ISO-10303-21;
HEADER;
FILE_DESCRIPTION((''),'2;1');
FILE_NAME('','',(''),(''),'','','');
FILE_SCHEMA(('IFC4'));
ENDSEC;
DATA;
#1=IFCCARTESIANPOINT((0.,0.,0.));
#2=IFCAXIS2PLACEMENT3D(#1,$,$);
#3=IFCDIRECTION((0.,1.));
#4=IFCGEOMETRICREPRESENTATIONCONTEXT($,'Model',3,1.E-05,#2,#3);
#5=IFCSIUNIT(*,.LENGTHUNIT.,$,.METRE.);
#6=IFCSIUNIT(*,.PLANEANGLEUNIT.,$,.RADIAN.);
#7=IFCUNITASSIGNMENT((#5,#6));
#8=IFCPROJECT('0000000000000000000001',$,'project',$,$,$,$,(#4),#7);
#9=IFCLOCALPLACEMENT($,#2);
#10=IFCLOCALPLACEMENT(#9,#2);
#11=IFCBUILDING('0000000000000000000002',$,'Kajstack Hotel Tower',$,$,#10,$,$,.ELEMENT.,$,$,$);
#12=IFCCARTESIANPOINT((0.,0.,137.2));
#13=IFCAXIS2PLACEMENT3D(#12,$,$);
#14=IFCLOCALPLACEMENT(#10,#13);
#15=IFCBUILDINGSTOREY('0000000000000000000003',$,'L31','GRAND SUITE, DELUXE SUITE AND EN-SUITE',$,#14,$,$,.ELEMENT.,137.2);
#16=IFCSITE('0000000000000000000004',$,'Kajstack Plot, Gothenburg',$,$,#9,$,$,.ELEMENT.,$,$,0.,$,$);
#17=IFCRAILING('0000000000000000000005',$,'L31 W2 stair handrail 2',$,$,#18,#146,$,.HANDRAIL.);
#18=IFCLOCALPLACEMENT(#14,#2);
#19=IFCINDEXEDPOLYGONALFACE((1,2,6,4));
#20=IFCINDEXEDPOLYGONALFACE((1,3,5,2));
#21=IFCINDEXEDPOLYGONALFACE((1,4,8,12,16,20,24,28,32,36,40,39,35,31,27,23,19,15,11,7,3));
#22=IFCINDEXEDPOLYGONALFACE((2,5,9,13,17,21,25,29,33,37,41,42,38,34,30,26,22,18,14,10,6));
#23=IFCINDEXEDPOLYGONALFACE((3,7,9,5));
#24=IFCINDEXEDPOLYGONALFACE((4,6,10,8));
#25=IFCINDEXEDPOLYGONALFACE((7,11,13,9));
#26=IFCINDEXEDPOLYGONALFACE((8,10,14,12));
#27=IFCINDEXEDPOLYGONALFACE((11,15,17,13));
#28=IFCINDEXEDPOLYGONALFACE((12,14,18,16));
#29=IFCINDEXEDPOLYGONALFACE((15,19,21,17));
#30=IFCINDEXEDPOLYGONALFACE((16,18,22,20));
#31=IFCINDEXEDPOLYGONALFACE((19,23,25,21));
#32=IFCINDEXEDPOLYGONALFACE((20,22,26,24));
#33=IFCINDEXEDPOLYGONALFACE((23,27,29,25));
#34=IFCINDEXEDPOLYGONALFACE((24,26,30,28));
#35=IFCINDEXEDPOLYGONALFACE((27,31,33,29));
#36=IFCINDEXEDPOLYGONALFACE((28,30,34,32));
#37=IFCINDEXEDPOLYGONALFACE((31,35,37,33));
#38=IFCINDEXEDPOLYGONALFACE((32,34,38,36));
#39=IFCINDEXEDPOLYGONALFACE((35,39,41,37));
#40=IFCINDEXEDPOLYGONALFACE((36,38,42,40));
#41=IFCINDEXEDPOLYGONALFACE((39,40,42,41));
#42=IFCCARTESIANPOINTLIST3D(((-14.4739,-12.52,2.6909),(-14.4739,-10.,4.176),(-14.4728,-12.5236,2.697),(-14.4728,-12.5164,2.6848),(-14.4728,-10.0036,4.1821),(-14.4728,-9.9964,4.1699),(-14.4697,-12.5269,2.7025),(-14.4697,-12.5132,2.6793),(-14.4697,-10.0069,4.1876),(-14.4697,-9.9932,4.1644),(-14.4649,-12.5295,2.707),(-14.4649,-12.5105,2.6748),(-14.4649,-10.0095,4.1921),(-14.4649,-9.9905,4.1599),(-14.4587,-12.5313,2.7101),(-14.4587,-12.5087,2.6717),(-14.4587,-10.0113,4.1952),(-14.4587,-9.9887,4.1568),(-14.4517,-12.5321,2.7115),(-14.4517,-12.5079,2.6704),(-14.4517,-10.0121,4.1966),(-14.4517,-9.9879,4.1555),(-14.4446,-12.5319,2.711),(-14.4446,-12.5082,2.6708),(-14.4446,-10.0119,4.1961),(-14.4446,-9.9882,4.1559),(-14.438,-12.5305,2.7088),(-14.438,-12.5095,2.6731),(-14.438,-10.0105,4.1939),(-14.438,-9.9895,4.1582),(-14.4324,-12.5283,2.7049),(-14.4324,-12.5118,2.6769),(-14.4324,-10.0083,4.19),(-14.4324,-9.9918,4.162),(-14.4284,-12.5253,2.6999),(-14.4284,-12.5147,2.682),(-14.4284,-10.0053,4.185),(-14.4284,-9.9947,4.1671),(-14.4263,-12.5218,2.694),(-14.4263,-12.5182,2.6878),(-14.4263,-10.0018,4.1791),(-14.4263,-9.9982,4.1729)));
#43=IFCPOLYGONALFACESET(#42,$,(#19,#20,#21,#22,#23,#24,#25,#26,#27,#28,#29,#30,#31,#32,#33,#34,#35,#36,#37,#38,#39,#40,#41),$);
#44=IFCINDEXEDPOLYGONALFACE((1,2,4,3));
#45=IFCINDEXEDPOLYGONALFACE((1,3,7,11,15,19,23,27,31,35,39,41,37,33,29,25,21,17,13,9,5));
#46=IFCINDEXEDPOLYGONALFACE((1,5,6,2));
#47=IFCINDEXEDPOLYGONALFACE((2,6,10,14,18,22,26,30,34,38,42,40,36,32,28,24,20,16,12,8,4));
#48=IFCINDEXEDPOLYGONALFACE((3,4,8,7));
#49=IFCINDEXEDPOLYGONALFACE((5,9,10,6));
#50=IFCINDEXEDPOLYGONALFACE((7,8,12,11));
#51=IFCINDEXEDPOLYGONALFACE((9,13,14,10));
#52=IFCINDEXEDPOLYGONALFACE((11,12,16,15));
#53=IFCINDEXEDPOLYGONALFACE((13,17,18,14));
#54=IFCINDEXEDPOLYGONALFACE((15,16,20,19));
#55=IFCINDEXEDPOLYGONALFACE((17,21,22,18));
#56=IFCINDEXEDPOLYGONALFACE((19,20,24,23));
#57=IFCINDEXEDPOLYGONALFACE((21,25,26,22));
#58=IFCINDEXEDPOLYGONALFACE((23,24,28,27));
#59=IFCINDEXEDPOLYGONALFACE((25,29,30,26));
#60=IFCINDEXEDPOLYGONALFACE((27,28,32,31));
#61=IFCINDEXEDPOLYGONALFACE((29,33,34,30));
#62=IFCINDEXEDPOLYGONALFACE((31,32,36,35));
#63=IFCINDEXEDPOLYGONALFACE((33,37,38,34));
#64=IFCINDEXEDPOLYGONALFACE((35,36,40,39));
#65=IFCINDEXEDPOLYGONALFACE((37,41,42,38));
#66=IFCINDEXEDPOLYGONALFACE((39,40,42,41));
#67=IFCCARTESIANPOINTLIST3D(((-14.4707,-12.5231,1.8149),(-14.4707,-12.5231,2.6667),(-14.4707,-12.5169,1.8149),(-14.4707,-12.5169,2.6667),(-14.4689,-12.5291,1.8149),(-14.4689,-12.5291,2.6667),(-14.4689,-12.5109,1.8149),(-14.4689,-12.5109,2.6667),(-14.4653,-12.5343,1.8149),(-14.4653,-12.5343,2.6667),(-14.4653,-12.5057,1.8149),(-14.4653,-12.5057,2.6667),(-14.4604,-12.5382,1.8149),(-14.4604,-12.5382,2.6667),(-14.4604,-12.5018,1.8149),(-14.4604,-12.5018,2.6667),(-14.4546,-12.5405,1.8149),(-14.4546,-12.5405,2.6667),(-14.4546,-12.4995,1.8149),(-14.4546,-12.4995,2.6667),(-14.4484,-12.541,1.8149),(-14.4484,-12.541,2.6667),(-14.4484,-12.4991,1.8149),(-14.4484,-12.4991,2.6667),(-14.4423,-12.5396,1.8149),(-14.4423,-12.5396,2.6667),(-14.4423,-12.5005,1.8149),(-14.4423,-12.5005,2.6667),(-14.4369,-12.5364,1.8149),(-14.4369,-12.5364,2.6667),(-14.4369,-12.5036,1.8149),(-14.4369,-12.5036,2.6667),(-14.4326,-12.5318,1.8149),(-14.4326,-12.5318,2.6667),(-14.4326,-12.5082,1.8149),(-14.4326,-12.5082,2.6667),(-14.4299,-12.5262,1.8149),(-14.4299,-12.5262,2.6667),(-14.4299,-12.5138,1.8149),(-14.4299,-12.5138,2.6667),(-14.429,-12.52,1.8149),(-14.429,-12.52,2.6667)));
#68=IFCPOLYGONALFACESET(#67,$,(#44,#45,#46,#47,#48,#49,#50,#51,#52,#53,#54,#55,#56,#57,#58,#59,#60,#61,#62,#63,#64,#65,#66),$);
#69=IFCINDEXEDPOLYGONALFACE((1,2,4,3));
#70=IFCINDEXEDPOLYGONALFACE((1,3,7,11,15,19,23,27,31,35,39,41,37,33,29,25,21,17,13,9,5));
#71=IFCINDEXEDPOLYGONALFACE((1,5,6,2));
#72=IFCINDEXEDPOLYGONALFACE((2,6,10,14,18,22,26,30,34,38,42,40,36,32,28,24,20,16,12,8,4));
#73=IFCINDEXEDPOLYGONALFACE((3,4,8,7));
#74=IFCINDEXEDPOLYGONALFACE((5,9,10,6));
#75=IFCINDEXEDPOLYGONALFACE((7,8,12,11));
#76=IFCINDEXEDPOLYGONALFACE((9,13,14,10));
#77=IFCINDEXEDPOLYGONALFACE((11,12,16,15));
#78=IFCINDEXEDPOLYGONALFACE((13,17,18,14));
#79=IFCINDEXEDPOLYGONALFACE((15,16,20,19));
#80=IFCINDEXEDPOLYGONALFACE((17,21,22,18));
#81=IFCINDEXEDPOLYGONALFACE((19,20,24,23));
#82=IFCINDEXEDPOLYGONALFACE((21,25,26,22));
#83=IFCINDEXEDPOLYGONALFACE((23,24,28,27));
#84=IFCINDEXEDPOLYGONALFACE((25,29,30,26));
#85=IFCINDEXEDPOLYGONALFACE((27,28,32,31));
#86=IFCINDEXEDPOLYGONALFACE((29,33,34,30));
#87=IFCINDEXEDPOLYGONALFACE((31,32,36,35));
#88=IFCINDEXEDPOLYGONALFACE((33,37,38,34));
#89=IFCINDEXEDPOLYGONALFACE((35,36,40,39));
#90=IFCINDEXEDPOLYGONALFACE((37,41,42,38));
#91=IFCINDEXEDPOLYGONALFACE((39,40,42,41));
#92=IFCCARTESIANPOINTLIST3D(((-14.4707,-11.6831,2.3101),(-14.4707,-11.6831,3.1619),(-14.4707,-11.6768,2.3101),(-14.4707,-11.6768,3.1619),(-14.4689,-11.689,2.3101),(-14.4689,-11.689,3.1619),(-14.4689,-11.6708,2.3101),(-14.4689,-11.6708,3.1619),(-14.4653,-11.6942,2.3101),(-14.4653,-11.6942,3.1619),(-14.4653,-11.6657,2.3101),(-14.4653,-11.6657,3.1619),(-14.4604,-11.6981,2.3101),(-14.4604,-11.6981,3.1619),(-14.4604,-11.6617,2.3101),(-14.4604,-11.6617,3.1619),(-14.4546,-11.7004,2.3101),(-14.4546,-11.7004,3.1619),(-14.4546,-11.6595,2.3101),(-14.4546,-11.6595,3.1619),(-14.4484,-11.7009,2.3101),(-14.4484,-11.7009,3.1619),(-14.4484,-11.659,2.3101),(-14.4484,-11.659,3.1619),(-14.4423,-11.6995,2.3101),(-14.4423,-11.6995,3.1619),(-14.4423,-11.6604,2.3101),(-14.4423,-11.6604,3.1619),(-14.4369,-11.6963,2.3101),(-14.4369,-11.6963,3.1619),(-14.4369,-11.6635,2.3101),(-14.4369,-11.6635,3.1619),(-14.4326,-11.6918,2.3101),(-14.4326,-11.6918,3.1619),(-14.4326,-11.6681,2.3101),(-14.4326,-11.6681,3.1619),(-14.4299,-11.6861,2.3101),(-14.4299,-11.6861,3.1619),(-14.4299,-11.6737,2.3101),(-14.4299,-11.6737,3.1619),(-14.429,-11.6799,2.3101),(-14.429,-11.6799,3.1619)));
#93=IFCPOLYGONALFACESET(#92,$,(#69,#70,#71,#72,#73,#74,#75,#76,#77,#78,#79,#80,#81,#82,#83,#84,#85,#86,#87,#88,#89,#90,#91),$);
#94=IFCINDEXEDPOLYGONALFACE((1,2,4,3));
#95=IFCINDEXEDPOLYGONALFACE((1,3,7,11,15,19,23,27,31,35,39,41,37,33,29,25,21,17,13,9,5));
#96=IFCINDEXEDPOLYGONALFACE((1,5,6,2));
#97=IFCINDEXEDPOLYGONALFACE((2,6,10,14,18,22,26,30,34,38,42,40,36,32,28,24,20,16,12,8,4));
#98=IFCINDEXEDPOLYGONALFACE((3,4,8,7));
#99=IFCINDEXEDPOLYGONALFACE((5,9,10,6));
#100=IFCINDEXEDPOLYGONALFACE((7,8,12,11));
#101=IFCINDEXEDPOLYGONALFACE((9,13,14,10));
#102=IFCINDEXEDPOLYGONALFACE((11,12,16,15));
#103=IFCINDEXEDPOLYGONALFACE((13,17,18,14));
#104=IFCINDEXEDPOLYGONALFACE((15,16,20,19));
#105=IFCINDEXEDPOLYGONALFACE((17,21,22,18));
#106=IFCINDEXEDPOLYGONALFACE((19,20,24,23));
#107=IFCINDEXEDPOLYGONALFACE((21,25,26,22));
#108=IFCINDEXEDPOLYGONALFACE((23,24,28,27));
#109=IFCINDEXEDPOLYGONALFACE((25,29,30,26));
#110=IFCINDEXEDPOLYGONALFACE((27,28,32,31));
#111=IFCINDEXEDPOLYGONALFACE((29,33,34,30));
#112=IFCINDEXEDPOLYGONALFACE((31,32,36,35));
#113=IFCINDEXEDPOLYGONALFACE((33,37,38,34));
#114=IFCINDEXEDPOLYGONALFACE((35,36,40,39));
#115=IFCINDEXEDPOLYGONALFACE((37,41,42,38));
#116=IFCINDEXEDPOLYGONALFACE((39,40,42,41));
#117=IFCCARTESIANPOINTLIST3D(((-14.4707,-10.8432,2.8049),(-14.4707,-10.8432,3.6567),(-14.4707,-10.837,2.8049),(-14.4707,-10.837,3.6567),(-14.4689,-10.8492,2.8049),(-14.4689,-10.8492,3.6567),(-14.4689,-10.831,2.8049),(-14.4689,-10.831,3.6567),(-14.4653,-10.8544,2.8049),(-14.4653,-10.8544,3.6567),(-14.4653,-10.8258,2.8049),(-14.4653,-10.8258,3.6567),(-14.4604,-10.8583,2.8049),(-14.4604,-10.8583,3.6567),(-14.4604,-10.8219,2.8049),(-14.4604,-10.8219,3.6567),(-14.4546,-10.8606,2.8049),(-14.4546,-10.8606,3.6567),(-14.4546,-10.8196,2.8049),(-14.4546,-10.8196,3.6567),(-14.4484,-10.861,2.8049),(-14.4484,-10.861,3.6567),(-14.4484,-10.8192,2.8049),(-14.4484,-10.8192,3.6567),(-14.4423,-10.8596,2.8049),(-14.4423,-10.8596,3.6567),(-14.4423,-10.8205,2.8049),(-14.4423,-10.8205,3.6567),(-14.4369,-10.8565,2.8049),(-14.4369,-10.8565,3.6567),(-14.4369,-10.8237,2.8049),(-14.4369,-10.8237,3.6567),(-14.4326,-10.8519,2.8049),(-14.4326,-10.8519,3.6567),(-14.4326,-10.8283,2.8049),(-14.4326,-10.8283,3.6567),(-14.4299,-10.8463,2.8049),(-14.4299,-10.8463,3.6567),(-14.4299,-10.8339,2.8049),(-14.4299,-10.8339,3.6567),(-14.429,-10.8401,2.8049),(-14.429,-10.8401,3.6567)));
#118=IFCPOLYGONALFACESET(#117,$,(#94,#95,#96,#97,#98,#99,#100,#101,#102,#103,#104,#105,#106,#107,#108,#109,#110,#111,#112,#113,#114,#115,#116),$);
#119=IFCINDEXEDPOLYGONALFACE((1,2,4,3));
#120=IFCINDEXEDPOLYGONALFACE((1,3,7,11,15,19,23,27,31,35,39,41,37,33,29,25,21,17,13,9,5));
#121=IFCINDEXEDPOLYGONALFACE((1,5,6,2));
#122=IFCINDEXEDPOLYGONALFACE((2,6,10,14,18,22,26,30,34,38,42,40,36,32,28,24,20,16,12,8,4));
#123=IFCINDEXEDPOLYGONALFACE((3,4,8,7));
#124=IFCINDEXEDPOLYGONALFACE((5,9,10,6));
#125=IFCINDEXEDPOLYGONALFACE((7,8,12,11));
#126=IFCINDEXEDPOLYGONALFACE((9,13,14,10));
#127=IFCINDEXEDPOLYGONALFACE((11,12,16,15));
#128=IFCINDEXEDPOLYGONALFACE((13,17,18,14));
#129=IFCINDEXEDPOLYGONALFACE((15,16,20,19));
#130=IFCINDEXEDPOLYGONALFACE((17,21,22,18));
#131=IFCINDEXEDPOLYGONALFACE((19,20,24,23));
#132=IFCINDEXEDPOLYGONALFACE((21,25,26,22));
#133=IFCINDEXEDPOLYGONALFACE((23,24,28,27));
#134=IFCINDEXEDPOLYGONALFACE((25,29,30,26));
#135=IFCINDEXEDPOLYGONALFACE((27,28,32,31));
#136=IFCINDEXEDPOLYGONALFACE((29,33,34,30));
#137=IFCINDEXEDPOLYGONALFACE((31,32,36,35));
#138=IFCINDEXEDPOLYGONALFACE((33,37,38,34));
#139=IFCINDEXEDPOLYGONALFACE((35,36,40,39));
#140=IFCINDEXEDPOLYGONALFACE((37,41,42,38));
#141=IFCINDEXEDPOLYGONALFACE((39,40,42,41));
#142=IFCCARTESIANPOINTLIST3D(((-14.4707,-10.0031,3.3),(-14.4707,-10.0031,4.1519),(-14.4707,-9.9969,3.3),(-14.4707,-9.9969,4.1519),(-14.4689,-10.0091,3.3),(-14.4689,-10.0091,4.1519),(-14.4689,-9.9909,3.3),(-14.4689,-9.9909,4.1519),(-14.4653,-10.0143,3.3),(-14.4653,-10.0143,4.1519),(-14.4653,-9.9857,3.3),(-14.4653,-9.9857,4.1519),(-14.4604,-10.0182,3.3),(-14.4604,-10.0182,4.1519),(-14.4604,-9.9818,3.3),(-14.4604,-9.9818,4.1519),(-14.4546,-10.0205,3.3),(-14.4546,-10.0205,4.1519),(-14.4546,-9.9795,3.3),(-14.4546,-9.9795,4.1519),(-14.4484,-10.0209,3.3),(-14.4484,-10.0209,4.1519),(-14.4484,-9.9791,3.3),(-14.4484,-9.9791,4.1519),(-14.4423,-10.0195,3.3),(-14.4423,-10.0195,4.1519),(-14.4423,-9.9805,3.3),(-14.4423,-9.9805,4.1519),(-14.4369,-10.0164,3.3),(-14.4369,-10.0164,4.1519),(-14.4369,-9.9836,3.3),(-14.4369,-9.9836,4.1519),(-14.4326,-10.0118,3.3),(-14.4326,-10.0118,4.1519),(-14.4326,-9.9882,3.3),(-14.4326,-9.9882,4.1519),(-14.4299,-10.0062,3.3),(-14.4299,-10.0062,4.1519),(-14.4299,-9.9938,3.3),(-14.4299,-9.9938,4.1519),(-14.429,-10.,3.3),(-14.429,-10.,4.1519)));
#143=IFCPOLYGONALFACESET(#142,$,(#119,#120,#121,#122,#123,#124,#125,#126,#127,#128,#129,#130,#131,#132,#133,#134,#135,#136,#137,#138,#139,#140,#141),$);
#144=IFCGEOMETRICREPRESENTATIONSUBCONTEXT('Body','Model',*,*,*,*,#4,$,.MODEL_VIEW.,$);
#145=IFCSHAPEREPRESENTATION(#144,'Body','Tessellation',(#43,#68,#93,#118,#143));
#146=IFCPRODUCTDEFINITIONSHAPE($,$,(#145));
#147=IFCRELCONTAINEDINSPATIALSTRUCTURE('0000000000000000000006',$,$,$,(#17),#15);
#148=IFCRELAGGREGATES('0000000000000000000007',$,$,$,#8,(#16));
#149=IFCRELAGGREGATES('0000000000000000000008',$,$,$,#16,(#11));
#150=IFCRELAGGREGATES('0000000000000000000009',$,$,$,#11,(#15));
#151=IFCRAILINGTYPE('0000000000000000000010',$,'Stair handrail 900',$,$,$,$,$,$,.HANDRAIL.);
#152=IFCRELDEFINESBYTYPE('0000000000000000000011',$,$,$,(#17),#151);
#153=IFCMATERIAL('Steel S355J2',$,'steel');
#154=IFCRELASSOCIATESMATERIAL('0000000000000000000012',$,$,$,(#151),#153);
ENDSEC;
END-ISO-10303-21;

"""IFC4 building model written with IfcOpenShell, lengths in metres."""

from ifc_helpers import new_model, si_unit, direction, frame, origin, origin_2d, place, context, subcontext, project, spatial, circle, extrude, material, type_object, element, save


model = new_model("IFC4")

# Units and contexts
model_context = context("Model", 3, precision=1e-05, world=origin(), true_north=direction((0.0, 1.0)))
body_context = subcontext(model_context, "Body", "Model", "MODEL_VIEW")
ifc_project = project(units=[si_unit("LENGTHUNIT", "METRE"), si_unit("PLANEANGLEUNIT", "RADIAN")], contexts=[model_context])

# Site, building, storey
site_placement = place(None, origin())
site = spatial("IfcSite", under=ifc_project, at=site_placement, Name="Kajstack Plot, Gothenburg", CompositionType="ELEMENT", RefElevation=0.0)
building_placement = place(site_placement, origin())
building = spatial("IfcBuilding", under=site, at=building_placement, Name="Kajstack Hotel Tower", CompositionType="ELEMENT")
storey_placement = place(building_placement, frame((0.0, 0.0, 137.2)))
storey = spatial("IfcBuildingStorey", under=building, at=storey_placement, Name="L31", Description="GRAND SUITE, DELUXE SUITE AND EN-SUITE", CompositionType="ELEMENT", Elevation=137.2)

# Railing
ifc_material_1 = material(Name="Steel S355J2", Category="steel")
railing_type = type_object("IfcRailingType", Name="Stair handrail 900", PredefinedType="HANDRAIL", material=ifc_material_1)
railing_placement = place(storey_placement, frame((-14.45, -12.52, 1.8149)))
element("IfcRailing", 1, at=railing_placement, inside=storey, type_object=railing_type, Name="L31 W2 stair handrail 2", PredefinedType="HANDRAIL", context=body_context, shape_type="SweptSolid", body=[
    extrude(circle(Radius=0.0239, at=origin_2d()), frame((0.0, 0.0, 0.876), z_axis=(0.0, 0.861524, 0.507717), x_axis=(-1.0, 0.0, 0.0)), (0.0, 0.0, 1.0), 2.925),
    extrude(circle(Radius=0.021, at=origin_2d()), origin(), (0.0, 0.0, 1.0), 0.8518),
    extrude(circle(Radius=0.021, at=origin_2d()), frame((0.0, 0.8401, 0.4951)), (0.0, 0.0, 1.0), 0.8518),
    extrude(circle(Radius=0.021, at=origin_2d()), frame((0.0, 1.6799, 0.99)), (0.0, 0.0, 1.0), 0.8518),
    extrude(circle(Radius=0.021, at=origin_2d()), frame((0.0, 2.52, 1.4851)), (0.0, 0.0, 1.0), 0.8518),
])

save(model, "model.ifc")
